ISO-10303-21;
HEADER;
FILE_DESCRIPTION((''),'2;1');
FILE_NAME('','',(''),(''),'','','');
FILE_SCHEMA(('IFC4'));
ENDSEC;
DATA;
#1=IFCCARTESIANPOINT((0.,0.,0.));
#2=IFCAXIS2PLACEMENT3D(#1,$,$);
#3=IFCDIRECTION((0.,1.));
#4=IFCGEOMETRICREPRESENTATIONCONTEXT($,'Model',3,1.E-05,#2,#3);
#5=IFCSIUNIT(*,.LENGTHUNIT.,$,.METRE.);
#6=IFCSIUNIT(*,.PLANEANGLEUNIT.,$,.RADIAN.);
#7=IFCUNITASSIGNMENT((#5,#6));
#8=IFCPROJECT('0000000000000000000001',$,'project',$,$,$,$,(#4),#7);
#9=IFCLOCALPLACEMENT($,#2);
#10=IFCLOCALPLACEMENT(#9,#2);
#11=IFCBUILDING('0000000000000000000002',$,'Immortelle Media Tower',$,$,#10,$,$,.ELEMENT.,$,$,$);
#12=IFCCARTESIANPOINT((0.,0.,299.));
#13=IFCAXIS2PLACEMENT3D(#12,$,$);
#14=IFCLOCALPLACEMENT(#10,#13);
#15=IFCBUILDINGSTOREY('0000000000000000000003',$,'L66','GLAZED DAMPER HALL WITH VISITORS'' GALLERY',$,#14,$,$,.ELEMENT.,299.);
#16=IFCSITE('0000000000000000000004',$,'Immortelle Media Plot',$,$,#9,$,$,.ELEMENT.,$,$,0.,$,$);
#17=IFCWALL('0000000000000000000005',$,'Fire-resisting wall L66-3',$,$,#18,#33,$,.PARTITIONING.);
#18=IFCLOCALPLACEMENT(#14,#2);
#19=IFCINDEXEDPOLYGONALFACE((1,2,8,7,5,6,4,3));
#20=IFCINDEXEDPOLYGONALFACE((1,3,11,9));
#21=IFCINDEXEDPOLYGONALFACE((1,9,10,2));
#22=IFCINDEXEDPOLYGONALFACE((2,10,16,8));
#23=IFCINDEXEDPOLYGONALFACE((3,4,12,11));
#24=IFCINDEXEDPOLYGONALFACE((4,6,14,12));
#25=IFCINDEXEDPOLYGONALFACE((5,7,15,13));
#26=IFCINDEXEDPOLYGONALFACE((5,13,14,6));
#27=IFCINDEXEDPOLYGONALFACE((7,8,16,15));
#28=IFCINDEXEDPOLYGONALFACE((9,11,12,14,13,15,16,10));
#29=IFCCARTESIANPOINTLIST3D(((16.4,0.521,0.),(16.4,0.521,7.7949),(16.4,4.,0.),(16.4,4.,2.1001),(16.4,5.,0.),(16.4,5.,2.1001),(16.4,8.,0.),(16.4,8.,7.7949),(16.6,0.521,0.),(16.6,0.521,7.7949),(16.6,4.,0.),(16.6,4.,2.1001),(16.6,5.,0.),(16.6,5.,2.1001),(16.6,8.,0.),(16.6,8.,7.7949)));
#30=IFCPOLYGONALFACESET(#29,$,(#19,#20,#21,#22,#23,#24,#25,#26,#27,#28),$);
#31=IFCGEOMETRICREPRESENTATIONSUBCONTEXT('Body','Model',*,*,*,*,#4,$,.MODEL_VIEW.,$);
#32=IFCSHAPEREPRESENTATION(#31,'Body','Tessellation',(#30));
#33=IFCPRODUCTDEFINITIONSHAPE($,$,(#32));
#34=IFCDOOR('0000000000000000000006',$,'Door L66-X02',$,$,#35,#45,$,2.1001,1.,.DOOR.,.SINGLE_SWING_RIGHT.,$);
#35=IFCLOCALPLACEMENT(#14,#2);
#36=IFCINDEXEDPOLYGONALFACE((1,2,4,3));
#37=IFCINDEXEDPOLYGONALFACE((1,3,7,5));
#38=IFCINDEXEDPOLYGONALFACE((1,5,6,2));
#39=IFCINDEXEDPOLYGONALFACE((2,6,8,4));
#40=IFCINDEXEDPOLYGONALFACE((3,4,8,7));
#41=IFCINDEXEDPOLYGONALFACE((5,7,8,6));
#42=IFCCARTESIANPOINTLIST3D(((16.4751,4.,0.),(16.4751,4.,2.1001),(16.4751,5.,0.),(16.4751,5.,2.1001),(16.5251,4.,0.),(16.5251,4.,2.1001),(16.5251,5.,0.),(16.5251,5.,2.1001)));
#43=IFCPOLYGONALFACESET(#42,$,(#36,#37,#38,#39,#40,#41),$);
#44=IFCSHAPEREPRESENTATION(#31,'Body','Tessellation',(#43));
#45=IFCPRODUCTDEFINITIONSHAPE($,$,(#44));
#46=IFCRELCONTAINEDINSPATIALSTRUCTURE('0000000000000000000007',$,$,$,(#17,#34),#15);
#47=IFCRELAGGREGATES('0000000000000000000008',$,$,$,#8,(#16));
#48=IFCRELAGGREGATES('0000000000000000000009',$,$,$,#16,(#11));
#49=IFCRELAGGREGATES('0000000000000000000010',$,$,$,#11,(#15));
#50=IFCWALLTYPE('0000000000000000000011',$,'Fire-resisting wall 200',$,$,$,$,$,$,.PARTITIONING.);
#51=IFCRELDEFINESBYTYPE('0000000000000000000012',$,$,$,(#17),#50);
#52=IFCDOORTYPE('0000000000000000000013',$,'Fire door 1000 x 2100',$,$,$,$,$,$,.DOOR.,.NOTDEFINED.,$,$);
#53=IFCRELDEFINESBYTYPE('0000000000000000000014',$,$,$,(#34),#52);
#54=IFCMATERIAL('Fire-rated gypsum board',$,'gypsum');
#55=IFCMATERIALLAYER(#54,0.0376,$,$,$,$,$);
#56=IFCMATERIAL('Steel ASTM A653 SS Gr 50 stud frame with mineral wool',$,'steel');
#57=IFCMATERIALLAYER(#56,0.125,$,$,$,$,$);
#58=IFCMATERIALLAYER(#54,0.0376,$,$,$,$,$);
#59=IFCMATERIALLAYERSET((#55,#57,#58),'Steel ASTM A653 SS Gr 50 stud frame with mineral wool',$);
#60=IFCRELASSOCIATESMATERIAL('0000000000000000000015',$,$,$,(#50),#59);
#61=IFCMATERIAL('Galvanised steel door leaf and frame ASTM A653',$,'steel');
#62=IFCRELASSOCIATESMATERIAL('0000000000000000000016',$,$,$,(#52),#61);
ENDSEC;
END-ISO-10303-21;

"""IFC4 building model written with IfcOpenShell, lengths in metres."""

from ifc_helpers import new_model, si_unit, direction, frame, frame_2d, origin, place, context, subcontext, project, spatial, rectangle, extrude, material, layer, layer_set, type_object, element, fill, save


model = new_model("IFC4")

# Units and contexts
model_context = context("Model", 3, precision=1e-05, world=origin(), true_north=direction((0.0, 1.0)))
body_context = subcontext(model_context, "Body", "Model", "MODEL_VIEW")
ifc_project = project(units=[si_unit("LENGTHUNIT", "METRE"), si_unit("PLANEANGLEUNIT", "RADIAN")], contexts=[model_context])

# Site, building, storey
site_placement = place(None, origin())
site = spatial("IfcSite", under=ifc_project, at=site_placement, Name="Immortelle Media Plot", CompositionType="ELEMENT", RefElevation=0.0)
building_placement = place(site_placement, origin())
building = spatial("IfcBuilding", under=site, at=building_placement, Name="Immortelle Media Tower", CompositionType="ELEMENT")
storey_placement = place(building_placement, frame((0.0, 0.0, 299.0)))
storey = spatial("IfcBuildingStorey", under=building, at=storey_placement, Name="L66", Description="GLAZED DAMPER HALL WITH VISITORS' GALLERY", CompositionType="ELEMENT", Elevation=299.0)

# Wall, opening, door
ifc_material_1 = material(Name="Fire-rated gypsum board", Category="gypsum")
ifc_layer_1 = layer(ifc_material_1, 0.0376)
ifc_material_2 = material(Name="Steel ASTM A653 SS Gr 50 stud frame with mineral wool", Category="steel")
ifc_layer_2 = layer(ifc_material_2, 0.125)
ifc_layer_3 = layer(ifc_material_1, 0.0376)
ifc_layer_set_1 = layer_set([ifc_layer_1, ifc_layer_2, ifc_layer_3], Name="Steel ASTM A653 SS Gr 50 stud frame with mineral wool")
wall_type = type_object("IfcWallType", Name="Fire-resisting wall 200", PredefinedType="PARTITIONING", material=ifc_layer_set_1)
wall_placement = place(storey_placement, frame((16.5, 0.521, 0.0), z_axis=(0.0, 0.0, 1.0), x_axis=(0.0, 1.0, 0.0)))
wall = element("IfcWall", 1, at=wall_placement, inside=storey, type_object=wall_type, Name="Fire-resisting wall L66-3", PredefinedType="PARTITIONING", context=body_context, shape_type="SweptSolid", body=[
    extrude(rectangle(XDim=7.479, YDim=0.2, at=frame_2d((3.7395, 0.0))), origin(), (0.0, 0.0, 1.0), 7.7949),
])
opening_placement = place(wall_placement, frame((3.479, 0.0, 0.0)))
opening = element("IfcOpeningElement", 2, at=opening_placement, cuts=wall, PredefinedType="OPENING", context=body_context, shape_type="SweptSolid", body=[
    extrude(rectangle(XDim=1.0, YDim=2.1001, at=frame_2d((0.5, 1.05))), frame((0.0, 0.1099, 0.0), z_axis=(0.0, -1.0, 0.0), x_axis=(1.0, 0.0, 0.0)), (0.0, 0.0, 1.0), 0.22),
])
ifc_material_3 = material(Name="Galvanised steel door leaf and frame ASTM A653", Category="steel")
door_type = type_object("IfcDoorType", Name="Fire door 1000 x 2100", OperationType="NOTDEFINED", PredefinedType="DOOR", material=ifc_material_3)
door_placement = place(opening_placement, origin())
door = element("IfcDoor", 3, at=door_placement, inside=storey, type_object=door_type, Name="Door L66-X02", OperationType="SINGLE_SWING_RIGHT", OverallHeight=2.1001, OverallWidth=1.0, PredefinedType="DOOR", context=body_context, shape_type="SweptSolid", body=[
    extrude(rectangle(XDim=1.0, YDim=2.1001, at=frame_2d((0.5, 1.05))), frame((0.0, 0.0249, 0.0), z_axis=(0.0, -1.0, 0.0), x_axis=(1.0, 0.0, 0.0)), (0.0, 0.0, 1.0), 0.05),
])
fill(opening, door)

save(model, "model.ifc")
